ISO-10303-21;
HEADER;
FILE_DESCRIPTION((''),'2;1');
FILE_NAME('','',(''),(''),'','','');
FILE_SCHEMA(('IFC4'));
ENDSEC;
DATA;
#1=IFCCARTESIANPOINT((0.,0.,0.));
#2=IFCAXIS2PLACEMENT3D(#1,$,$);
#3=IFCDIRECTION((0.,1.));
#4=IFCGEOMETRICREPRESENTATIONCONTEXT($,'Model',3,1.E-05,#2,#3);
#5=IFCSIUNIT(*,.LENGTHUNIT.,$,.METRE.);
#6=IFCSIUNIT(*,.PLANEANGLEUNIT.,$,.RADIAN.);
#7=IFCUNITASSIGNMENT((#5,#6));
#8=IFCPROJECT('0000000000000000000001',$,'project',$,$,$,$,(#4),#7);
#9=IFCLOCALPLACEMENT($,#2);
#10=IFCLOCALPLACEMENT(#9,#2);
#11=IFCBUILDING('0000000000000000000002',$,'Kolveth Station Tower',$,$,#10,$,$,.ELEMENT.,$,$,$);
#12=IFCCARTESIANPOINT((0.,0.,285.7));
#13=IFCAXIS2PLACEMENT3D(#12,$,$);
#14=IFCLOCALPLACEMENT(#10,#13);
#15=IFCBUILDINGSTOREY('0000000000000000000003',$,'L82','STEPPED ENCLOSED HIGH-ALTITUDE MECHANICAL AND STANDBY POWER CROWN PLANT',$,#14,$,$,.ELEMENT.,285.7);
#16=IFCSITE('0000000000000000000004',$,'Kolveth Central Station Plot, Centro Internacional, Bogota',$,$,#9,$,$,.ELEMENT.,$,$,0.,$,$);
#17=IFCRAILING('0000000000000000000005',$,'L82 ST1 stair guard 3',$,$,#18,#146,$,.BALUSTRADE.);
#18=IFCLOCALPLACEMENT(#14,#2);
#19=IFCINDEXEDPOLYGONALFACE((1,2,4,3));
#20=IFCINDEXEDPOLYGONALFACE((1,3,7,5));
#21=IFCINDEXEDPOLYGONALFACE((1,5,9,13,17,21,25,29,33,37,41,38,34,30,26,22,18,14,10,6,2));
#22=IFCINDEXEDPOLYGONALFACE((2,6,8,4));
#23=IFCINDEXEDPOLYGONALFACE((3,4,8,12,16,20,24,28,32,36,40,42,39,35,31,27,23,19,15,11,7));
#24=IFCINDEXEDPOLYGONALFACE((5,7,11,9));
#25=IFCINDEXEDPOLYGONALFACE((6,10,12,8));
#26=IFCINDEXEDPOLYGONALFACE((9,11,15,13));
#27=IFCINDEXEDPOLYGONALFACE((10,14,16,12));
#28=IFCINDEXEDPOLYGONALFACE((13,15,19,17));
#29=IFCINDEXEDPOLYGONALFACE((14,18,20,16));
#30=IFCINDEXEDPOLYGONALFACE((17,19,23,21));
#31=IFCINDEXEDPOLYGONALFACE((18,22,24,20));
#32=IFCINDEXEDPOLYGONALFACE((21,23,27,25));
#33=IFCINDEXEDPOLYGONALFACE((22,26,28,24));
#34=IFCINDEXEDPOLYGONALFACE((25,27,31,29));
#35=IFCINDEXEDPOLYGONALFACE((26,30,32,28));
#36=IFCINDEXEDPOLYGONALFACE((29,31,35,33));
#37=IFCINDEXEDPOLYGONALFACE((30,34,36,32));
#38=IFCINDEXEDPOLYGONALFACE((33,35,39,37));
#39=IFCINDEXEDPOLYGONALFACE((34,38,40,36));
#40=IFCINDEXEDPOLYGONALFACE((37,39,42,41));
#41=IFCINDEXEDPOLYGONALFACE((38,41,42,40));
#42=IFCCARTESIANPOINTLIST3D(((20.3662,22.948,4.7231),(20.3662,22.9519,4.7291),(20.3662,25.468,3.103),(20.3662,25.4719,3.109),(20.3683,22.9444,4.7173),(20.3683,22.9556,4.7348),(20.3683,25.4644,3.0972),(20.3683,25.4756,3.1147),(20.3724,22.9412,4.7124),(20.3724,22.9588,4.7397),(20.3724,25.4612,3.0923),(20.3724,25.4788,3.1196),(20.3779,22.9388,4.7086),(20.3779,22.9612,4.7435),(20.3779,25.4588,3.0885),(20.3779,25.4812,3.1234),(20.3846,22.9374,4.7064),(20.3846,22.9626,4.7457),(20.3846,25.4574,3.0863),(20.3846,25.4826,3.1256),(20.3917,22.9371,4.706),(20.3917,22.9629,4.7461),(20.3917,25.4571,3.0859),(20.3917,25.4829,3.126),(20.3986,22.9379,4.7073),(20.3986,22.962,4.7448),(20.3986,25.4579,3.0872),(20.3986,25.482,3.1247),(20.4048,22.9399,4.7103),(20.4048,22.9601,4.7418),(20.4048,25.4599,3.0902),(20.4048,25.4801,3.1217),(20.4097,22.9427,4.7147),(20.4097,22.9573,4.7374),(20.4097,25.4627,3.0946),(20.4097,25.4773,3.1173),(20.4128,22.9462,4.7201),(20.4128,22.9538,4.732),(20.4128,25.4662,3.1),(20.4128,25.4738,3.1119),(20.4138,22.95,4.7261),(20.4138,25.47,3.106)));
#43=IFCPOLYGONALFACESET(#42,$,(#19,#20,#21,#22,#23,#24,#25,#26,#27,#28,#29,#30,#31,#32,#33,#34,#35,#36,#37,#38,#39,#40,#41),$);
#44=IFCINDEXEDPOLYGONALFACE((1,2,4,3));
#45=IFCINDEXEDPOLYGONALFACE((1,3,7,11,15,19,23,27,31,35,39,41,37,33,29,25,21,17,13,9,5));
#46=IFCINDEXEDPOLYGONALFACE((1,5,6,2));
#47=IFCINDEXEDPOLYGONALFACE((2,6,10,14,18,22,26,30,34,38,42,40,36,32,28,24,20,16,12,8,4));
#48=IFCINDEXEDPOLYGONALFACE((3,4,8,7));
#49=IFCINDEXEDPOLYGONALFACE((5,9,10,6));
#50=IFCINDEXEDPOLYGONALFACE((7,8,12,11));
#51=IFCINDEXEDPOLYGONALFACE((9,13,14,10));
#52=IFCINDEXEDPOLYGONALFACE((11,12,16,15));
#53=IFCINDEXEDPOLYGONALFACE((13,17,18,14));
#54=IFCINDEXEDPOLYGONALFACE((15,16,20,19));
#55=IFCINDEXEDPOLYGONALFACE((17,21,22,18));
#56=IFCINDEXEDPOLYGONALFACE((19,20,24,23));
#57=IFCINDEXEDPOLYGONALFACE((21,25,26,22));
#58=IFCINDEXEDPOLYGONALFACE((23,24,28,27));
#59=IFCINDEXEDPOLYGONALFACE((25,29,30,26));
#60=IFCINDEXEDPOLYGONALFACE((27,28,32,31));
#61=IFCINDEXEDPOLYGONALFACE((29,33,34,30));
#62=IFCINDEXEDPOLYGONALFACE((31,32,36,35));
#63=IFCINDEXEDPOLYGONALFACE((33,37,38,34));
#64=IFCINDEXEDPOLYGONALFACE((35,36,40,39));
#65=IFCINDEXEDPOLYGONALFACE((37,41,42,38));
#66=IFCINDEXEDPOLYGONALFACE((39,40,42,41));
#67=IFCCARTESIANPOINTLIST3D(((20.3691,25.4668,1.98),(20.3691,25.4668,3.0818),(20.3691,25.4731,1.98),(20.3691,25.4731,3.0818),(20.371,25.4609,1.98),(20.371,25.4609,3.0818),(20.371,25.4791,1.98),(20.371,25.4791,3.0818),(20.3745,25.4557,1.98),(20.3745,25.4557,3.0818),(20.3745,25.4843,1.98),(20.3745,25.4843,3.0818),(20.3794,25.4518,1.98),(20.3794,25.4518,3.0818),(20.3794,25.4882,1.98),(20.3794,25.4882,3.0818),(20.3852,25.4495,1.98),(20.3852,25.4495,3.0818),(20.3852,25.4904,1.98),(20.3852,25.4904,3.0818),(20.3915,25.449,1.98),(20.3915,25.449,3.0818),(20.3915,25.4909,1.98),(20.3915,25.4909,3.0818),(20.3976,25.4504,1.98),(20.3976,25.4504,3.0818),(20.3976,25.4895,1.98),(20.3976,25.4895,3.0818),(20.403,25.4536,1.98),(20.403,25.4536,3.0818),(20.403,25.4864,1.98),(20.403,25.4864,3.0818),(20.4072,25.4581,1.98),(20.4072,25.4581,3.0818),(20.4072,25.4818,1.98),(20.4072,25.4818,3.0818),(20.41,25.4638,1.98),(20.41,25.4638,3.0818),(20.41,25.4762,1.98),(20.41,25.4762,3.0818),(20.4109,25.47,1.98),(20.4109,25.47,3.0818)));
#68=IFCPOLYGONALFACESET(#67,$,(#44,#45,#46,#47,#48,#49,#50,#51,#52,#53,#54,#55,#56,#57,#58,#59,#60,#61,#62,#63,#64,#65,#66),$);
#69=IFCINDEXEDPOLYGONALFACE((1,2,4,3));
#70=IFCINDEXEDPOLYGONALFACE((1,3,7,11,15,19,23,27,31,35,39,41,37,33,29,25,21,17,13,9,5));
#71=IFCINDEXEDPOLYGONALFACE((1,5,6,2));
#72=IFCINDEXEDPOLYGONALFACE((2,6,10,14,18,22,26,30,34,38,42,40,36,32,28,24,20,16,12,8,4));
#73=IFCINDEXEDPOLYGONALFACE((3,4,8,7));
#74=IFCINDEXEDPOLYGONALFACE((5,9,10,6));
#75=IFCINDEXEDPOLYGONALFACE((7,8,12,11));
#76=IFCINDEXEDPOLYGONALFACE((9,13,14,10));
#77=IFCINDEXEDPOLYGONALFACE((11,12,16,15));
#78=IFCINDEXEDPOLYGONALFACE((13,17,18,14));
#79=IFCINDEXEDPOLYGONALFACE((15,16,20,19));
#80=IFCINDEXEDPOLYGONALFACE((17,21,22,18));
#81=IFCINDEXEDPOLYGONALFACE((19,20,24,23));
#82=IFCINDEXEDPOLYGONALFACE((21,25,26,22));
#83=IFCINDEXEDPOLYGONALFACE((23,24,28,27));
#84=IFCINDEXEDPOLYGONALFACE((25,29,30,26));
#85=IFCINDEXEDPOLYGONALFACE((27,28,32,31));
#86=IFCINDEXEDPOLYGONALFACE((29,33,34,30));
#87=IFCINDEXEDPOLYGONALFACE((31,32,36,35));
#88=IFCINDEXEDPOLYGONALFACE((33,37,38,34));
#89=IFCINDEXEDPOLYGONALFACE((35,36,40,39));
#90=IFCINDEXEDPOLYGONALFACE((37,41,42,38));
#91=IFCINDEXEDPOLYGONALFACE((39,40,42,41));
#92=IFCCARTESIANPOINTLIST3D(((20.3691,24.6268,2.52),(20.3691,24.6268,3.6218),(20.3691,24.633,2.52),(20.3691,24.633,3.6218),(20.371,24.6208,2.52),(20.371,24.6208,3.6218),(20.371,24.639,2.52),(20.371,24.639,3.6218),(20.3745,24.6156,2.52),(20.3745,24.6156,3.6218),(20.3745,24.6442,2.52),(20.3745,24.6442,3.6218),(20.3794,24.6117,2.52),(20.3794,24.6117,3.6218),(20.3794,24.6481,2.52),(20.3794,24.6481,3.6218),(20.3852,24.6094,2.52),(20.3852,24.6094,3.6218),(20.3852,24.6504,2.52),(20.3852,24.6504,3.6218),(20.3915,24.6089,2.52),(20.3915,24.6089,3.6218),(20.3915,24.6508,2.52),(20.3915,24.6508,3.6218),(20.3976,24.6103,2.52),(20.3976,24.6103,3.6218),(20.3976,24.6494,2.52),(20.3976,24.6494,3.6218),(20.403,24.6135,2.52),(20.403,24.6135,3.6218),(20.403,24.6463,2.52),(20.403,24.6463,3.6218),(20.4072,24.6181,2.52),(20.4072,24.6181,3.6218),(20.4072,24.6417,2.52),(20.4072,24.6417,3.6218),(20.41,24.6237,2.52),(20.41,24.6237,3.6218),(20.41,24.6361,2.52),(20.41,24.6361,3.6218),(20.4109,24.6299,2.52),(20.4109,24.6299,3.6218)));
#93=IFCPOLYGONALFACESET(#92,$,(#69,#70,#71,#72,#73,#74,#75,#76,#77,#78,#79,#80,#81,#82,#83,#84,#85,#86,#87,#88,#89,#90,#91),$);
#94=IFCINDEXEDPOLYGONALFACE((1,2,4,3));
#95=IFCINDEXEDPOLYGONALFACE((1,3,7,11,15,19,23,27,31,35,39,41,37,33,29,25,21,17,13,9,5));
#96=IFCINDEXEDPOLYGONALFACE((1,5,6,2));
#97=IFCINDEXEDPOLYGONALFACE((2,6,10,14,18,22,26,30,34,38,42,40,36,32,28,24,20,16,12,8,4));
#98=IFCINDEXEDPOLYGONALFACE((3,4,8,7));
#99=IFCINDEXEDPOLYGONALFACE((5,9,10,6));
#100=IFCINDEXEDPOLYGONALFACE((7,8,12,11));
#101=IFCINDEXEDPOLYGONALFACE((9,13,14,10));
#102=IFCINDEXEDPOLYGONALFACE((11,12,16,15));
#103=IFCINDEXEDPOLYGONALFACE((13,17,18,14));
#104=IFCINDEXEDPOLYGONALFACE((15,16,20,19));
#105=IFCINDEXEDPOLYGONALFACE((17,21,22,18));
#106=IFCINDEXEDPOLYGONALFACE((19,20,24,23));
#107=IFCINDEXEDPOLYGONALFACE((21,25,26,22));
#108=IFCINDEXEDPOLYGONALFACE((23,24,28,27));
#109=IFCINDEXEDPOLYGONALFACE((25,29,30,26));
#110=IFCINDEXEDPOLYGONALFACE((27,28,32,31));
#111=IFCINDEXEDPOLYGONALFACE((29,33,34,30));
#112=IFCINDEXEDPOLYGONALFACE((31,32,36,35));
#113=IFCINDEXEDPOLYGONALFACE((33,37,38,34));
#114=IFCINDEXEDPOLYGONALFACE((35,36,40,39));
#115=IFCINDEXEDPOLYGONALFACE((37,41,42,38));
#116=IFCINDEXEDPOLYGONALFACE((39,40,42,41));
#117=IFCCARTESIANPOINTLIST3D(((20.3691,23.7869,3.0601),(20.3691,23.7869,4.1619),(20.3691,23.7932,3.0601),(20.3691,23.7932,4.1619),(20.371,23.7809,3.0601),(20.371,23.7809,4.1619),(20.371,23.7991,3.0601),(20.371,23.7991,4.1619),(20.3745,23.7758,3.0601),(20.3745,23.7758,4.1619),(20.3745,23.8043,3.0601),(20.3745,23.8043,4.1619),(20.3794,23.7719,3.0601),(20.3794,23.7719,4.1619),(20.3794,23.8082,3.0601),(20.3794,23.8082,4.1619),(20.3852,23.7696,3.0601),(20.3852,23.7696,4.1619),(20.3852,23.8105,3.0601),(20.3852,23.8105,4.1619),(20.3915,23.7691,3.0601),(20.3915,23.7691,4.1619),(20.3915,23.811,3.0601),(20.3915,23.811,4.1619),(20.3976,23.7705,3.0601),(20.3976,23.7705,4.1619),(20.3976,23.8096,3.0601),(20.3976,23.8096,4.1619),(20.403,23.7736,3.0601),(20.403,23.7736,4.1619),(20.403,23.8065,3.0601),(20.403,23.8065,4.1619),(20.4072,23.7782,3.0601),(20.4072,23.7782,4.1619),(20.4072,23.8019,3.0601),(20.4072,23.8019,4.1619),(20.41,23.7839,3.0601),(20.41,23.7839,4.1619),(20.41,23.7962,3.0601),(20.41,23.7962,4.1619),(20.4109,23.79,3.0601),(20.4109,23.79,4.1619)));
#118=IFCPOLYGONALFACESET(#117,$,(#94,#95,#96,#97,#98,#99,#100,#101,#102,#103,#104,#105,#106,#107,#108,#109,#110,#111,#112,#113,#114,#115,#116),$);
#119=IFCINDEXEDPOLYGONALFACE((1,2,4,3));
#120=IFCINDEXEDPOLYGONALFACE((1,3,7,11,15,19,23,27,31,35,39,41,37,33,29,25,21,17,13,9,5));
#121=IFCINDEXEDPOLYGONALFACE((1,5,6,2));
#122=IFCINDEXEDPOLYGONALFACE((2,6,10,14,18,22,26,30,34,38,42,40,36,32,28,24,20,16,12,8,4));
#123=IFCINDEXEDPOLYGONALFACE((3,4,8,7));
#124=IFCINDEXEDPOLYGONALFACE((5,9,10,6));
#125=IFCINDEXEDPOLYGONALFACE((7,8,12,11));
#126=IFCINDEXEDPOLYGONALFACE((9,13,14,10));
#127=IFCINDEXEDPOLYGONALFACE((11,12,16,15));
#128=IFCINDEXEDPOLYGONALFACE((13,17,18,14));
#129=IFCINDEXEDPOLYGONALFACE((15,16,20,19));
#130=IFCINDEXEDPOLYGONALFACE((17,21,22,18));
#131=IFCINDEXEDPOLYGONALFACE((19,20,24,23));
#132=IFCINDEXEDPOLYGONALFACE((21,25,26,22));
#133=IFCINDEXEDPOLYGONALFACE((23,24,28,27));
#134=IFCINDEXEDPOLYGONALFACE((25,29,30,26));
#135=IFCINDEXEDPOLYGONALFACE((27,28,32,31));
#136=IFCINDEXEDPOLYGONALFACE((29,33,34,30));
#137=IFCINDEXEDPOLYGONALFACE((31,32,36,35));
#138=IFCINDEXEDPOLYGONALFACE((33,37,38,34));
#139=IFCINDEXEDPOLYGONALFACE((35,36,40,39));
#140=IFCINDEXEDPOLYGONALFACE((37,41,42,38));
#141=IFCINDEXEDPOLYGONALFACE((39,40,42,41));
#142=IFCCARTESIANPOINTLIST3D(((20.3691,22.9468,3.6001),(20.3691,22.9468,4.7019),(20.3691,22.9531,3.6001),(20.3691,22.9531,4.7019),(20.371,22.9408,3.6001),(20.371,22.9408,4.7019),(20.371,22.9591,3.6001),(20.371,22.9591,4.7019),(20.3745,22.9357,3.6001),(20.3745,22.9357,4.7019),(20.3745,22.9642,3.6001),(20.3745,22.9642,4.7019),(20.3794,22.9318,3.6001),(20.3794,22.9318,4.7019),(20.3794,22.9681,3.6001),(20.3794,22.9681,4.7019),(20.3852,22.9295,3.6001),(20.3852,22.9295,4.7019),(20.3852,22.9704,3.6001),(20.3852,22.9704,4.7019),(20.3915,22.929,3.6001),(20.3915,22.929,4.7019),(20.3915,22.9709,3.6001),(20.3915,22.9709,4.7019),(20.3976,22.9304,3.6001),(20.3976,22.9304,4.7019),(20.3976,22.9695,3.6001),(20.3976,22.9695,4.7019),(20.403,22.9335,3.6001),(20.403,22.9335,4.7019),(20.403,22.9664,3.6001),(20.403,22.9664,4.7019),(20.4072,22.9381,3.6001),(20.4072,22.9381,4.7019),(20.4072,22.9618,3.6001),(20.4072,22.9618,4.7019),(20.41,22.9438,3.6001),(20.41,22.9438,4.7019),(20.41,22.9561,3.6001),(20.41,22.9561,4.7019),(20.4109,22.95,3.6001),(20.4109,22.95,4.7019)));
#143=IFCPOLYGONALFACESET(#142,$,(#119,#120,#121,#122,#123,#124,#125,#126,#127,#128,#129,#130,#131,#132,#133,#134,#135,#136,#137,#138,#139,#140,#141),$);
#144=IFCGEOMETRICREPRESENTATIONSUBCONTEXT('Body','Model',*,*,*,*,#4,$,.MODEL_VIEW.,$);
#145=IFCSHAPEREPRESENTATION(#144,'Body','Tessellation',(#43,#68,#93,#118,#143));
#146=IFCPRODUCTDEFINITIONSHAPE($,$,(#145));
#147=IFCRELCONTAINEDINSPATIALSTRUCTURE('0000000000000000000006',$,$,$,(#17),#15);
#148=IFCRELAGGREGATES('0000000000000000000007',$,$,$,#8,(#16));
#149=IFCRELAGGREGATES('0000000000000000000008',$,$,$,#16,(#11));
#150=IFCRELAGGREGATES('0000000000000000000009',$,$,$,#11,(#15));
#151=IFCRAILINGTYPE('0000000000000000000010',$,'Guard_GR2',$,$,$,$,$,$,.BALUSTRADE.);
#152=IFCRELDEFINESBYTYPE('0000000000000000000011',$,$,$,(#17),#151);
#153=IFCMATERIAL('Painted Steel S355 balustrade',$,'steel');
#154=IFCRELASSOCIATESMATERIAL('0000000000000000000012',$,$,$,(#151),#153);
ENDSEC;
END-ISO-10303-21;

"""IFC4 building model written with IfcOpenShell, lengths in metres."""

from ifc_helpers import new_model, si_unit, direction, frame, origin, origin_2d, place, context, subcontext, project, spatial, circle, extrude, material, type_object, element, save


model = new_model("IFC4")

# Units and contexts
model_context = context("Model", 3, precision=1e-05, world=origin(), true_north=direction((0.0, 1.0)))
body_context = subcontext(model_context, "Body", "Model", "MODEL_VIEW")
ifc_project = project(units=[si_unit("LENGTHUNIT", "METRE"), si_unit("PLANEANGLEUNIT", "RADIAN")], contexts=[model_context])

# Site, building, storey
site_placement = place(None, origin())
site = spatial("IfcSite", under=ifc_project, at=site_placement, Name="Kolveth Central Station Plot, Centro Internacional, Bogota", CompositionType="ELEMENT", RefElevation=0.0)
building_placement = place(site_placement, origin())
building = spatial("IfcBuilding", under=site, at=building_placement, Name="Kolveth Station Tower", CompositionType="ELEMENT")
storey_placement = place(building_placement, frame((0.0, 0.0, 285.7)))
storey = spatial("IfcBuildingStorey", under=building, at=storey_placement, Name="L82", Description="STEPPED ENCLOSED HIGH-ALTITUDE MECHANICAL AND STANDBY POWER CROWN PLANT", CompositionType="ELEMENT", Elevation=285.7)

# Railing
ifc_material_1 = material(Name="Painted Steel S355 balustrade", Category="steel")
railing_type_1 = type_object("IfcRailingType", Name="Guard_GR2", PredefinedType="BALUSTRADE", material=ifc_material_1)
railing_1_placement = place(storey_placement, frame((20.3899, 25.47, 1.98)))
element("IfcRailing", 1, at=railing_1_placement, inside=storey, type_object=railing_type_1, Name="L82 ST1 stair guard 3", PredefinedType="BALUSTRADE", context=body_context, shape_type="SweptSolid", body=[
    extrude(circle(Radius=0.0239, at=origin_2d()), frame((0.0, 0.0, 1.126), z_axis=(0.0, -0.841163, 0.540782), x_axis=(1.0, 0.0, 0.0)), (0.0, 0.0, 1.0), 2.9958),
    extrude(circle(Radius=0.021, at=origin_2d()), origin(), (0.0, 0.0, 1.0), 1.1018),
    extrude(circle(Radius=0.021, at=origin_2d()), frame((0.0, -0.8401, 0.54)), (0.0, 0.0, 1.0), 1.1018),
    extrude(circle(Radius=0.021, at=origin_2d()), frame((0.0, -1.6799, 1.0801)), (0.0, 0.0, 1.0), 1.1018),
    extrude(circle(Radius=0.021, at=origin_2d()), frame((0.0, -2.52, 1.6201)), (0.0, 0.0, 1.0), 1.1018),
])

save(model, "model.ifc")
